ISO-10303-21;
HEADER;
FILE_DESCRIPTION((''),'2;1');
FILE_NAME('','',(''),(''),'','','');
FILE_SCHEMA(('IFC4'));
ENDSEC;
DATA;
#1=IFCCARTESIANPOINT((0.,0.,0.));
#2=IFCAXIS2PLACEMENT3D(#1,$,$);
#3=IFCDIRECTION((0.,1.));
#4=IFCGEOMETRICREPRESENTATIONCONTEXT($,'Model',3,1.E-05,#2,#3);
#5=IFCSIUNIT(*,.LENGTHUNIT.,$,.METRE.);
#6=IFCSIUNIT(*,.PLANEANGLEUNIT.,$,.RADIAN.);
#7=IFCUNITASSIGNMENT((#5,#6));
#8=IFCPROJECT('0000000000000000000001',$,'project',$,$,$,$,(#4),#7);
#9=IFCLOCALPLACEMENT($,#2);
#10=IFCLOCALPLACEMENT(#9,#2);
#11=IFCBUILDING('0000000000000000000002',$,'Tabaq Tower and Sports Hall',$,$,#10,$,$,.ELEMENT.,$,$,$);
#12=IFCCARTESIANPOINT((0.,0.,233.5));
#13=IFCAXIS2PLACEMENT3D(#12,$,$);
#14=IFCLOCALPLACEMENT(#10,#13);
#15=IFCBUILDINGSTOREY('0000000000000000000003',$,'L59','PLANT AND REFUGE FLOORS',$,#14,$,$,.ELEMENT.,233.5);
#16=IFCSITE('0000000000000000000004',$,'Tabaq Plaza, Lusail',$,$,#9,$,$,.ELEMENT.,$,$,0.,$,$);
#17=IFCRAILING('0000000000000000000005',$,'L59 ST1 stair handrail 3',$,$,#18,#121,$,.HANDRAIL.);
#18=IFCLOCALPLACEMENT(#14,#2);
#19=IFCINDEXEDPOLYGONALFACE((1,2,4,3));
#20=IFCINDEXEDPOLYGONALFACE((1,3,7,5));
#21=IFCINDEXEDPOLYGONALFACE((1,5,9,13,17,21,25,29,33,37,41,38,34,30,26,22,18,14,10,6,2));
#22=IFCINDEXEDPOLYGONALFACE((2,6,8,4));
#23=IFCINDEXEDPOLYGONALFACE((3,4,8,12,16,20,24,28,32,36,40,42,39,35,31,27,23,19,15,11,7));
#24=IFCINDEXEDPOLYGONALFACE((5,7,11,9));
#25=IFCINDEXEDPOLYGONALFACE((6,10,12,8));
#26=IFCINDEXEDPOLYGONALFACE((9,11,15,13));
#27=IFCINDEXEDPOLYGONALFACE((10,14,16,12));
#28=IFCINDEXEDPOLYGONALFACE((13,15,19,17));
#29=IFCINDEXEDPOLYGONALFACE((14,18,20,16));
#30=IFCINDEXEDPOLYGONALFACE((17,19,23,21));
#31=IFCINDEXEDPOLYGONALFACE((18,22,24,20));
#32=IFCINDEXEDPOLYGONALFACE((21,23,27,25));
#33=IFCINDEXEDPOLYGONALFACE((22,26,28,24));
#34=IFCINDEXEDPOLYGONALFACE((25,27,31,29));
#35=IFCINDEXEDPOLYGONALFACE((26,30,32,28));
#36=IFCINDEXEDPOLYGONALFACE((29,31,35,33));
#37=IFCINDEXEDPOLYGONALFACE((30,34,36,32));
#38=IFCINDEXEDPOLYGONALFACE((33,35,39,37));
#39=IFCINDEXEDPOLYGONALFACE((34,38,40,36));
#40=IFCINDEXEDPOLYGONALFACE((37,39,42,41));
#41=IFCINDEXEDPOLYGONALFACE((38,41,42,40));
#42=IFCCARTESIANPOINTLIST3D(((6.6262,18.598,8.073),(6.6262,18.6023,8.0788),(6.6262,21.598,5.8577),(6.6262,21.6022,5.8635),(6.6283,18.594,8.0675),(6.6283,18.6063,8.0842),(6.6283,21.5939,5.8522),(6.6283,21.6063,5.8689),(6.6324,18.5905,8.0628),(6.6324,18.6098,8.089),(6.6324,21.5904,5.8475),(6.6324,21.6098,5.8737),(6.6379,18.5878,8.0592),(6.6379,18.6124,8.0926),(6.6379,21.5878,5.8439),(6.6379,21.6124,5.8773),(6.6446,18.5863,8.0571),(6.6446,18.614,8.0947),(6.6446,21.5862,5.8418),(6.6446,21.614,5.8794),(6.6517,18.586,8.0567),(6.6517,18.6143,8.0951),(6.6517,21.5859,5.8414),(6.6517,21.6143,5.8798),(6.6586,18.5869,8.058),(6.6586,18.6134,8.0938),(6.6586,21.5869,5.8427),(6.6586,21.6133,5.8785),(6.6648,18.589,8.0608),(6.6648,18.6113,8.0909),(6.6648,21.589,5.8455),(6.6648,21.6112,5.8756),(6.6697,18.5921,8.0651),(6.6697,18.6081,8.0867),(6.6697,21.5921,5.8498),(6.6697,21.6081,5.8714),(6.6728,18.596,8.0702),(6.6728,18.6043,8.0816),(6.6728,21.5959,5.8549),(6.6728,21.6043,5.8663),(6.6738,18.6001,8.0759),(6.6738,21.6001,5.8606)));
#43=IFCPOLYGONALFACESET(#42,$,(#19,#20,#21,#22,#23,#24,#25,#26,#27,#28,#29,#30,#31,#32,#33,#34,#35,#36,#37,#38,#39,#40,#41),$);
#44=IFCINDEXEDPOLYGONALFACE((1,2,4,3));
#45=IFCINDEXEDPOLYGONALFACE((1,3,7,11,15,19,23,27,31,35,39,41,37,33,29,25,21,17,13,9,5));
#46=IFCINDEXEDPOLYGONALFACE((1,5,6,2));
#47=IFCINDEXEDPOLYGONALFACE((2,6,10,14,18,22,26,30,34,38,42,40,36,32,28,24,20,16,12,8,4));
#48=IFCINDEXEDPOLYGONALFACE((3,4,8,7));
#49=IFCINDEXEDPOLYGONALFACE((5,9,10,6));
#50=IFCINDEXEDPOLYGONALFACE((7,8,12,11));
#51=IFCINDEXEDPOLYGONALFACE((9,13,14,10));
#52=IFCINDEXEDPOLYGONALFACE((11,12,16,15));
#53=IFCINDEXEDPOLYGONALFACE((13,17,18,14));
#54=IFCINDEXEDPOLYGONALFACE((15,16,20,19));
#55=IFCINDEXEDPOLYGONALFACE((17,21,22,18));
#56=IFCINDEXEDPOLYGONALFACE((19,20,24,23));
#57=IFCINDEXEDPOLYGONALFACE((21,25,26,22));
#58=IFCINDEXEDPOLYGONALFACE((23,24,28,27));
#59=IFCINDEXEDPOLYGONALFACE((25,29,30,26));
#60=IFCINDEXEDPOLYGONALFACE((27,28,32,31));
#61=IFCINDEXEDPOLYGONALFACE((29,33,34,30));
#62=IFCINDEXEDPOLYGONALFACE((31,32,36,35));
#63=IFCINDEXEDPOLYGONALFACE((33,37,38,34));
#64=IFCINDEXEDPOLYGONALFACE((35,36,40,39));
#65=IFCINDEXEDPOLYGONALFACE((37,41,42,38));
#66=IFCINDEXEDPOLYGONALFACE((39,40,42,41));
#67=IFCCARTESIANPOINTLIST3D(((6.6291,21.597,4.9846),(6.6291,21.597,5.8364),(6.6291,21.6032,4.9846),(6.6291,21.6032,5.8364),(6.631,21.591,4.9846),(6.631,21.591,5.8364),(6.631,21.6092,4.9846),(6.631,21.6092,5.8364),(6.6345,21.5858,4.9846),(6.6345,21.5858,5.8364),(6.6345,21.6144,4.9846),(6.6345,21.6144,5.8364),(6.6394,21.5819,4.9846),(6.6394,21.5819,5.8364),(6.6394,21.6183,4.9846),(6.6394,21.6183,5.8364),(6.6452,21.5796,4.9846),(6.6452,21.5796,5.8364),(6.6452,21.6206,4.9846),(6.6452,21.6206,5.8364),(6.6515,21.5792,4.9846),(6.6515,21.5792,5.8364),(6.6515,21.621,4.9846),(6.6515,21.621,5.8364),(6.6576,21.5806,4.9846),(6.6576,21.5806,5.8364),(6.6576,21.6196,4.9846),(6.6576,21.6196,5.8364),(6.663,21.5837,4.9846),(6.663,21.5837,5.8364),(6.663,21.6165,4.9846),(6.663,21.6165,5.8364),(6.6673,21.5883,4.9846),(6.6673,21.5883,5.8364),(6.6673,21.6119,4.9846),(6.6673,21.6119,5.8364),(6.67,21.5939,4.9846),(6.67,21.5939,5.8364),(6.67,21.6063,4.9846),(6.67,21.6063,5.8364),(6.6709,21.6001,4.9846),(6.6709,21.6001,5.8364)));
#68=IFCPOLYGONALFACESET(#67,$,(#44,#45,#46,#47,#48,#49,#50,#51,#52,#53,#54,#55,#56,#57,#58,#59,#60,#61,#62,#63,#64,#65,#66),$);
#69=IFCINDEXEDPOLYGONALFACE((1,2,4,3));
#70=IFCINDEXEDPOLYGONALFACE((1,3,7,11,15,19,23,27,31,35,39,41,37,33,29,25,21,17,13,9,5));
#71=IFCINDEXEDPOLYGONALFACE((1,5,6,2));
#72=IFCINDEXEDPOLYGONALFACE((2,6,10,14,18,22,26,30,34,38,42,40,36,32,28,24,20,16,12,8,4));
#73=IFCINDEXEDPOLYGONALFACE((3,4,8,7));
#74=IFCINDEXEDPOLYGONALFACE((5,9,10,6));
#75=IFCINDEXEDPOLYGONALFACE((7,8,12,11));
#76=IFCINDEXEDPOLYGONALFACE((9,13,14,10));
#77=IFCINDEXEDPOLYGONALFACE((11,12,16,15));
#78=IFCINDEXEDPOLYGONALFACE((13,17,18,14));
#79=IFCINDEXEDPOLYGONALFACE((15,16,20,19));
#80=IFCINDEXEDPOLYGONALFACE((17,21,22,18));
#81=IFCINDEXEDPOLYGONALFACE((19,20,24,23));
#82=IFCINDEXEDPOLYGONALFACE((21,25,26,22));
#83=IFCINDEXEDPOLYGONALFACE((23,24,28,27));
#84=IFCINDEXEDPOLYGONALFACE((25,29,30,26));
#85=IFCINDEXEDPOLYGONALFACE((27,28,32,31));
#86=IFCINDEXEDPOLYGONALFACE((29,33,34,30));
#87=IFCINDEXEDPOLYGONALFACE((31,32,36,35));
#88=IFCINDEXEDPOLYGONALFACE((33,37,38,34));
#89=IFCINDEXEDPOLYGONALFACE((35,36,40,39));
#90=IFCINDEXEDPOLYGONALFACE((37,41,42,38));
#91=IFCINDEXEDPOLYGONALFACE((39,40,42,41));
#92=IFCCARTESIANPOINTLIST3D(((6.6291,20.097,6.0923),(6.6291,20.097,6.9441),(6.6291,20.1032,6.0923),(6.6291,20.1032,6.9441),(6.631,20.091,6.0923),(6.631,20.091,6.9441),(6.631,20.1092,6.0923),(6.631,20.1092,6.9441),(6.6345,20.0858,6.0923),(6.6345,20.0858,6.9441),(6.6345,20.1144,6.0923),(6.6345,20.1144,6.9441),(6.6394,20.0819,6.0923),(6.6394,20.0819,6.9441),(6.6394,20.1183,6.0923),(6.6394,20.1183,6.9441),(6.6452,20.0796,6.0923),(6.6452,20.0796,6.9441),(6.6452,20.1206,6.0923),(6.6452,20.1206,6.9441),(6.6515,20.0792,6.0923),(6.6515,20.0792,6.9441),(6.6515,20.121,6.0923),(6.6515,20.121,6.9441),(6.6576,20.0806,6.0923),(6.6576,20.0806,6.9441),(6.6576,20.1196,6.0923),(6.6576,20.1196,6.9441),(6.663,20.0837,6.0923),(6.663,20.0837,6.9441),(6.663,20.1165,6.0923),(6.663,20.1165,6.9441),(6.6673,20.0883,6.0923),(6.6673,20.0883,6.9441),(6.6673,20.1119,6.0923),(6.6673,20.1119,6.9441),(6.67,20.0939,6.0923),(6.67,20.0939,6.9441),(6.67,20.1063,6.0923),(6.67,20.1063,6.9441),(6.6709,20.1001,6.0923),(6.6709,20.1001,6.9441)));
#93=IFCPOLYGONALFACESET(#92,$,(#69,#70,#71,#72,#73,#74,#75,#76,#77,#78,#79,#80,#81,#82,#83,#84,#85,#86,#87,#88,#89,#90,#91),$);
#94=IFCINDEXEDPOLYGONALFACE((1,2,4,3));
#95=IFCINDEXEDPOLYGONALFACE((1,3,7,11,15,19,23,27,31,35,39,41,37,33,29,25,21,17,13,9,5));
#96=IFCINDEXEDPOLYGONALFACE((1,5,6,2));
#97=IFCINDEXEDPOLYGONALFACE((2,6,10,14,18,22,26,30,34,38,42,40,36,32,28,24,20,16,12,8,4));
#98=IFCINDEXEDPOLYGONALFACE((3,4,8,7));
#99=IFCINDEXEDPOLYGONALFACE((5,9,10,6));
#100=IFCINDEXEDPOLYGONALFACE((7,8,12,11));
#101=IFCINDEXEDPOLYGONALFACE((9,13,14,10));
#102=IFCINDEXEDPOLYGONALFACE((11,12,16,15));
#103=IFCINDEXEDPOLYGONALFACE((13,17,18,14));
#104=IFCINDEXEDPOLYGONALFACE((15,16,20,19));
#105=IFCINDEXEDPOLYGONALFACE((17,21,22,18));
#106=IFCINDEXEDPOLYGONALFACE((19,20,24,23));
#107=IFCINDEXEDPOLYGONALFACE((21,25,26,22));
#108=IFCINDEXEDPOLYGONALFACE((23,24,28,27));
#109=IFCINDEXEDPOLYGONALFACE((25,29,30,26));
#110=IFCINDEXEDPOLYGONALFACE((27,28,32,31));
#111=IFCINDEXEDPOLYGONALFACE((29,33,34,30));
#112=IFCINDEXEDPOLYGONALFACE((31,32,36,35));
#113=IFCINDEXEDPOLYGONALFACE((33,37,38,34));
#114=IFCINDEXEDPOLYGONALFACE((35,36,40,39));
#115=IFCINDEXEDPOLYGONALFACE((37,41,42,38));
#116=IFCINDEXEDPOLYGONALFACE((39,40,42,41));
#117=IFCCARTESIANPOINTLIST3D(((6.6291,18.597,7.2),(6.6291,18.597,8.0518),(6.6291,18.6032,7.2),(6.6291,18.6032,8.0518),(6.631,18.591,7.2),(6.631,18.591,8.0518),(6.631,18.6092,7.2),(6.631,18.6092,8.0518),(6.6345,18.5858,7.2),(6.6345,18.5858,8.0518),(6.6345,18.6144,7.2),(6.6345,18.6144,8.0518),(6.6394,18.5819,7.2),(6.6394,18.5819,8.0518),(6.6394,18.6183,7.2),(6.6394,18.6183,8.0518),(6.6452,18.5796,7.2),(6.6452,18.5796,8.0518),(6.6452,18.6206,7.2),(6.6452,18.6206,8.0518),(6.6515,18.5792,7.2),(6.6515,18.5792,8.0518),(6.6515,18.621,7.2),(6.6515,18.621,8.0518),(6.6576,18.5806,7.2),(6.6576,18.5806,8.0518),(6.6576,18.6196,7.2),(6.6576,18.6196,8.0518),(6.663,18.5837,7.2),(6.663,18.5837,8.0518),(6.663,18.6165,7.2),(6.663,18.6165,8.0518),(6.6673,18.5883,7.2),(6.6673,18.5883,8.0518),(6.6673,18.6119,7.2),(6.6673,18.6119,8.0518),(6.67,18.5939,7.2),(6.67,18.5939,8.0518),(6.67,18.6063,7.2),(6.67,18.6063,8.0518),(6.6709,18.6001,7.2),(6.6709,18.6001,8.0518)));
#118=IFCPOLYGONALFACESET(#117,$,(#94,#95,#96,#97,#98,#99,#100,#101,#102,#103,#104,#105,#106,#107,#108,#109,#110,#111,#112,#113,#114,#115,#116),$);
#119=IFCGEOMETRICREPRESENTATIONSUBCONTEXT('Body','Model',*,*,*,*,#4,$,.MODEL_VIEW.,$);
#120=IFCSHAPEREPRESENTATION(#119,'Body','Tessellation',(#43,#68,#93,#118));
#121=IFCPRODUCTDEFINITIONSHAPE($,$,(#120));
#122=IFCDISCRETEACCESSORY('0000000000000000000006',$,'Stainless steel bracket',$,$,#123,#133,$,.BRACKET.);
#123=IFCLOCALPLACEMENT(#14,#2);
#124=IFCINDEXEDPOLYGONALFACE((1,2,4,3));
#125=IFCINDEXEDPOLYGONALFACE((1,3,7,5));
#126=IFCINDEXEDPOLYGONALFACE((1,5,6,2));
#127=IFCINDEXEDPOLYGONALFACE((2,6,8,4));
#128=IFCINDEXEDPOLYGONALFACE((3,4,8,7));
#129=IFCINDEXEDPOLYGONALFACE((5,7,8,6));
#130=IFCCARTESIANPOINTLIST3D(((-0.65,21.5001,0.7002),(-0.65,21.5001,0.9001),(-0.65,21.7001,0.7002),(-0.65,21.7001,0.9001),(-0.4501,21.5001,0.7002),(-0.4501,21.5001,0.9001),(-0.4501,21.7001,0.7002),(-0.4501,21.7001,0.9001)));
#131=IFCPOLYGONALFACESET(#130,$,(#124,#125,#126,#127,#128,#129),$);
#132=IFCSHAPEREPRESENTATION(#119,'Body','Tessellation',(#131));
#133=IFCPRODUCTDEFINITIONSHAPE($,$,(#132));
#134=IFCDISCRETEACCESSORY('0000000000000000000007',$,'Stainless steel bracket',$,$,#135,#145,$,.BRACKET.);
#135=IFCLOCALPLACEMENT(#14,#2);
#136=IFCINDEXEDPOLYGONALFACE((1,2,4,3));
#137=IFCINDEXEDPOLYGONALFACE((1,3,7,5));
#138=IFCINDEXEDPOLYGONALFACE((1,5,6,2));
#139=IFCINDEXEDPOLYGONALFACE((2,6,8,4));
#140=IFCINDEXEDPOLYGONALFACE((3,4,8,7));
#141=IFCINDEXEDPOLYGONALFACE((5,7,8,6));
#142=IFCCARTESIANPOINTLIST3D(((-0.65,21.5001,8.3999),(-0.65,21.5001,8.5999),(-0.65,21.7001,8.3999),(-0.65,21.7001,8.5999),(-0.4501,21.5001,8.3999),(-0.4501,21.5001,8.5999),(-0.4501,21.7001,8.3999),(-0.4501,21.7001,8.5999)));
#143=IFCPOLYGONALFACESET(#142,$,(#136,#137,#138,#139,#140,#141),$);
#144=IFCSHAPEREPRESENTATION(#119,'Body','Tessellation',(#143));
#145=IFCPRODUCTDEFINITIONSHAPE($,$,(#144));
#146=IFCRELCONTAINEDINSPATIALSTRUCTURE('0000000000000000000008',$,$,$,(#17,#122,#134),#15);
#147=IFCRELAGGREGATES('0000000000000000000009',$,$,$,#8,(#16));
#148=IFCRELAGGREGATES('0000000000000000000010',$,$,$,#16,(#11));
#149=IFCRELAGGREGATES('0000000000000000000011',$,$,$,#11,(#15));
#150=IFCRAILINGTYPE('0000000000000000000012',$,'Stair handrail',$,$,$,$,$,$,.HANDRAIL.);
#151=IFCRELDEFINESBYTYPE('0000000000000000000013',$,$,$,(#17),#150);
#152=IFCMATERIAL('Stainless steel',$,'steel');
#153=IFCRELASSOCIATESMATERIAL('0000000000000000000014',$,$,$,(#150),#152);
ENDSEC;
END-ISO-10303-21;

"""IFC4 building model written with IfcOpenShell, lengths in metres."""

from ifc_helpers import new_model, si_unit, direction, frame, origin, origin_2d, place, context, subcontext, project, spatial, rectangle, circle, extrude, material, type_object, element, save


model = new_model("IFC4")

# Units and contexts
model_context = context("Model", 3, precision=1e-05, world=origin(), true_north=direction((0.0, 1.0)))
body_context = subcontext(model_context, "Body", "Model", "MODEL_VIEW")
ifc_project = project(units=[si_unit("LENGTHUNIT", "METRE"), si_unit("PLANEANGLEUNIT", "RADIAN")], contexts=[model_context])

# Site, building, storey
site_placement = place(None, origin())
site = spatial("IfcSite", under=ifc_project, at=site_placement, Name="Tabaq Plaza, Lusail", CompositionType="ELEMENT", RefElevation=0.0)
building_placement = place(site_placement, origin())
building = spatial("IfcBuilding", under=site, at=building_placement, Name="Tabaq Tower and Sports Hall", CompositionType="ELEMENT")
storey_placement = place(building_placement, frame((0.0, 0.0, 233.5)))
storey = spatial("IfcBuildingStorey", under=building, at=storey_placement, Name="L59", Description="PLANT AND REFUGE FLOORS", CompositionType="ELEMENT", Elevation=233.5)

# Railing
ifc_material_1 = material(Name="Stainless steel", Category="steel")
railing_type_1 = type_object("IfcRailingType", Name="Stair handrail", PredefinedType="HANDRAIL", material=ifc_material_1)
for number, where, name in (
    (1, (6.6499, 21.6001, 4.9846), "L59 ST1 stair handrail 3"),
):
    element("IfcRailing", number, at=place(storey_placement, frame(where)), inside=storey, type_object=railing_type_1, Name=name, PredefinedType="HANDRAIL", context=body_context, shape_type="SweptSolid", body=[
        extrude(circle(Radius=0.0239, at=origin_2d()), frame((0.0, 0.0, 0.876), z_axis=(0.0, -0.80444, 0.594034), x_axis=(1.0, 0.0, 0.0)), (0.0, 0.0, 1.0), 3.7292),
        extrude(circle(Radius=0.021, at=origin_2d()), origin(), (0.0, 0.0, 1.0), 0.8518),
        extrude(circle(Radius=0.021, at=origin_2d()), frame((0.0, -1.5, 1.1077)), (0.0, 0.0, 1.0), 0.8518),
        extrude(circle(Radius=0.021, at=origin_2d()), frame((0.0, -3.0, 2.2153)), (0.0, 0.0, 1.0), 0.8518),
    ])

# Discrete accessories
for number, where, z_axis, x_axis, name in (
    (2, (-0.55, 21.6001, 0.7002), (0.0, 0.0, 1.0), (1.0, 0.0, 0.0), "Stainless steel bracket"),
    (3, (-0.55, 21.6001, 8.3999), (0.0, 0.0, 1.0), (1.0, 0.0, 0.0), "Stainless steel bracket"),
):
    element("IfcDiscreteAccessory", number, at=place(storey_placement, frame(where, z_axis=z_axis, x_axis=x_axis)), inside=storey, Name=name, PredefinedType="BRACKET", context=body_context, shape_type="SweptSolid", body=[
        extrude(rectangle(XDim=0.2, YDim=0.2, at=origin_2d()), origin(), (0.0, 0.0, 1.0), 0.2),
    ])

save(model, "model.ifc")
